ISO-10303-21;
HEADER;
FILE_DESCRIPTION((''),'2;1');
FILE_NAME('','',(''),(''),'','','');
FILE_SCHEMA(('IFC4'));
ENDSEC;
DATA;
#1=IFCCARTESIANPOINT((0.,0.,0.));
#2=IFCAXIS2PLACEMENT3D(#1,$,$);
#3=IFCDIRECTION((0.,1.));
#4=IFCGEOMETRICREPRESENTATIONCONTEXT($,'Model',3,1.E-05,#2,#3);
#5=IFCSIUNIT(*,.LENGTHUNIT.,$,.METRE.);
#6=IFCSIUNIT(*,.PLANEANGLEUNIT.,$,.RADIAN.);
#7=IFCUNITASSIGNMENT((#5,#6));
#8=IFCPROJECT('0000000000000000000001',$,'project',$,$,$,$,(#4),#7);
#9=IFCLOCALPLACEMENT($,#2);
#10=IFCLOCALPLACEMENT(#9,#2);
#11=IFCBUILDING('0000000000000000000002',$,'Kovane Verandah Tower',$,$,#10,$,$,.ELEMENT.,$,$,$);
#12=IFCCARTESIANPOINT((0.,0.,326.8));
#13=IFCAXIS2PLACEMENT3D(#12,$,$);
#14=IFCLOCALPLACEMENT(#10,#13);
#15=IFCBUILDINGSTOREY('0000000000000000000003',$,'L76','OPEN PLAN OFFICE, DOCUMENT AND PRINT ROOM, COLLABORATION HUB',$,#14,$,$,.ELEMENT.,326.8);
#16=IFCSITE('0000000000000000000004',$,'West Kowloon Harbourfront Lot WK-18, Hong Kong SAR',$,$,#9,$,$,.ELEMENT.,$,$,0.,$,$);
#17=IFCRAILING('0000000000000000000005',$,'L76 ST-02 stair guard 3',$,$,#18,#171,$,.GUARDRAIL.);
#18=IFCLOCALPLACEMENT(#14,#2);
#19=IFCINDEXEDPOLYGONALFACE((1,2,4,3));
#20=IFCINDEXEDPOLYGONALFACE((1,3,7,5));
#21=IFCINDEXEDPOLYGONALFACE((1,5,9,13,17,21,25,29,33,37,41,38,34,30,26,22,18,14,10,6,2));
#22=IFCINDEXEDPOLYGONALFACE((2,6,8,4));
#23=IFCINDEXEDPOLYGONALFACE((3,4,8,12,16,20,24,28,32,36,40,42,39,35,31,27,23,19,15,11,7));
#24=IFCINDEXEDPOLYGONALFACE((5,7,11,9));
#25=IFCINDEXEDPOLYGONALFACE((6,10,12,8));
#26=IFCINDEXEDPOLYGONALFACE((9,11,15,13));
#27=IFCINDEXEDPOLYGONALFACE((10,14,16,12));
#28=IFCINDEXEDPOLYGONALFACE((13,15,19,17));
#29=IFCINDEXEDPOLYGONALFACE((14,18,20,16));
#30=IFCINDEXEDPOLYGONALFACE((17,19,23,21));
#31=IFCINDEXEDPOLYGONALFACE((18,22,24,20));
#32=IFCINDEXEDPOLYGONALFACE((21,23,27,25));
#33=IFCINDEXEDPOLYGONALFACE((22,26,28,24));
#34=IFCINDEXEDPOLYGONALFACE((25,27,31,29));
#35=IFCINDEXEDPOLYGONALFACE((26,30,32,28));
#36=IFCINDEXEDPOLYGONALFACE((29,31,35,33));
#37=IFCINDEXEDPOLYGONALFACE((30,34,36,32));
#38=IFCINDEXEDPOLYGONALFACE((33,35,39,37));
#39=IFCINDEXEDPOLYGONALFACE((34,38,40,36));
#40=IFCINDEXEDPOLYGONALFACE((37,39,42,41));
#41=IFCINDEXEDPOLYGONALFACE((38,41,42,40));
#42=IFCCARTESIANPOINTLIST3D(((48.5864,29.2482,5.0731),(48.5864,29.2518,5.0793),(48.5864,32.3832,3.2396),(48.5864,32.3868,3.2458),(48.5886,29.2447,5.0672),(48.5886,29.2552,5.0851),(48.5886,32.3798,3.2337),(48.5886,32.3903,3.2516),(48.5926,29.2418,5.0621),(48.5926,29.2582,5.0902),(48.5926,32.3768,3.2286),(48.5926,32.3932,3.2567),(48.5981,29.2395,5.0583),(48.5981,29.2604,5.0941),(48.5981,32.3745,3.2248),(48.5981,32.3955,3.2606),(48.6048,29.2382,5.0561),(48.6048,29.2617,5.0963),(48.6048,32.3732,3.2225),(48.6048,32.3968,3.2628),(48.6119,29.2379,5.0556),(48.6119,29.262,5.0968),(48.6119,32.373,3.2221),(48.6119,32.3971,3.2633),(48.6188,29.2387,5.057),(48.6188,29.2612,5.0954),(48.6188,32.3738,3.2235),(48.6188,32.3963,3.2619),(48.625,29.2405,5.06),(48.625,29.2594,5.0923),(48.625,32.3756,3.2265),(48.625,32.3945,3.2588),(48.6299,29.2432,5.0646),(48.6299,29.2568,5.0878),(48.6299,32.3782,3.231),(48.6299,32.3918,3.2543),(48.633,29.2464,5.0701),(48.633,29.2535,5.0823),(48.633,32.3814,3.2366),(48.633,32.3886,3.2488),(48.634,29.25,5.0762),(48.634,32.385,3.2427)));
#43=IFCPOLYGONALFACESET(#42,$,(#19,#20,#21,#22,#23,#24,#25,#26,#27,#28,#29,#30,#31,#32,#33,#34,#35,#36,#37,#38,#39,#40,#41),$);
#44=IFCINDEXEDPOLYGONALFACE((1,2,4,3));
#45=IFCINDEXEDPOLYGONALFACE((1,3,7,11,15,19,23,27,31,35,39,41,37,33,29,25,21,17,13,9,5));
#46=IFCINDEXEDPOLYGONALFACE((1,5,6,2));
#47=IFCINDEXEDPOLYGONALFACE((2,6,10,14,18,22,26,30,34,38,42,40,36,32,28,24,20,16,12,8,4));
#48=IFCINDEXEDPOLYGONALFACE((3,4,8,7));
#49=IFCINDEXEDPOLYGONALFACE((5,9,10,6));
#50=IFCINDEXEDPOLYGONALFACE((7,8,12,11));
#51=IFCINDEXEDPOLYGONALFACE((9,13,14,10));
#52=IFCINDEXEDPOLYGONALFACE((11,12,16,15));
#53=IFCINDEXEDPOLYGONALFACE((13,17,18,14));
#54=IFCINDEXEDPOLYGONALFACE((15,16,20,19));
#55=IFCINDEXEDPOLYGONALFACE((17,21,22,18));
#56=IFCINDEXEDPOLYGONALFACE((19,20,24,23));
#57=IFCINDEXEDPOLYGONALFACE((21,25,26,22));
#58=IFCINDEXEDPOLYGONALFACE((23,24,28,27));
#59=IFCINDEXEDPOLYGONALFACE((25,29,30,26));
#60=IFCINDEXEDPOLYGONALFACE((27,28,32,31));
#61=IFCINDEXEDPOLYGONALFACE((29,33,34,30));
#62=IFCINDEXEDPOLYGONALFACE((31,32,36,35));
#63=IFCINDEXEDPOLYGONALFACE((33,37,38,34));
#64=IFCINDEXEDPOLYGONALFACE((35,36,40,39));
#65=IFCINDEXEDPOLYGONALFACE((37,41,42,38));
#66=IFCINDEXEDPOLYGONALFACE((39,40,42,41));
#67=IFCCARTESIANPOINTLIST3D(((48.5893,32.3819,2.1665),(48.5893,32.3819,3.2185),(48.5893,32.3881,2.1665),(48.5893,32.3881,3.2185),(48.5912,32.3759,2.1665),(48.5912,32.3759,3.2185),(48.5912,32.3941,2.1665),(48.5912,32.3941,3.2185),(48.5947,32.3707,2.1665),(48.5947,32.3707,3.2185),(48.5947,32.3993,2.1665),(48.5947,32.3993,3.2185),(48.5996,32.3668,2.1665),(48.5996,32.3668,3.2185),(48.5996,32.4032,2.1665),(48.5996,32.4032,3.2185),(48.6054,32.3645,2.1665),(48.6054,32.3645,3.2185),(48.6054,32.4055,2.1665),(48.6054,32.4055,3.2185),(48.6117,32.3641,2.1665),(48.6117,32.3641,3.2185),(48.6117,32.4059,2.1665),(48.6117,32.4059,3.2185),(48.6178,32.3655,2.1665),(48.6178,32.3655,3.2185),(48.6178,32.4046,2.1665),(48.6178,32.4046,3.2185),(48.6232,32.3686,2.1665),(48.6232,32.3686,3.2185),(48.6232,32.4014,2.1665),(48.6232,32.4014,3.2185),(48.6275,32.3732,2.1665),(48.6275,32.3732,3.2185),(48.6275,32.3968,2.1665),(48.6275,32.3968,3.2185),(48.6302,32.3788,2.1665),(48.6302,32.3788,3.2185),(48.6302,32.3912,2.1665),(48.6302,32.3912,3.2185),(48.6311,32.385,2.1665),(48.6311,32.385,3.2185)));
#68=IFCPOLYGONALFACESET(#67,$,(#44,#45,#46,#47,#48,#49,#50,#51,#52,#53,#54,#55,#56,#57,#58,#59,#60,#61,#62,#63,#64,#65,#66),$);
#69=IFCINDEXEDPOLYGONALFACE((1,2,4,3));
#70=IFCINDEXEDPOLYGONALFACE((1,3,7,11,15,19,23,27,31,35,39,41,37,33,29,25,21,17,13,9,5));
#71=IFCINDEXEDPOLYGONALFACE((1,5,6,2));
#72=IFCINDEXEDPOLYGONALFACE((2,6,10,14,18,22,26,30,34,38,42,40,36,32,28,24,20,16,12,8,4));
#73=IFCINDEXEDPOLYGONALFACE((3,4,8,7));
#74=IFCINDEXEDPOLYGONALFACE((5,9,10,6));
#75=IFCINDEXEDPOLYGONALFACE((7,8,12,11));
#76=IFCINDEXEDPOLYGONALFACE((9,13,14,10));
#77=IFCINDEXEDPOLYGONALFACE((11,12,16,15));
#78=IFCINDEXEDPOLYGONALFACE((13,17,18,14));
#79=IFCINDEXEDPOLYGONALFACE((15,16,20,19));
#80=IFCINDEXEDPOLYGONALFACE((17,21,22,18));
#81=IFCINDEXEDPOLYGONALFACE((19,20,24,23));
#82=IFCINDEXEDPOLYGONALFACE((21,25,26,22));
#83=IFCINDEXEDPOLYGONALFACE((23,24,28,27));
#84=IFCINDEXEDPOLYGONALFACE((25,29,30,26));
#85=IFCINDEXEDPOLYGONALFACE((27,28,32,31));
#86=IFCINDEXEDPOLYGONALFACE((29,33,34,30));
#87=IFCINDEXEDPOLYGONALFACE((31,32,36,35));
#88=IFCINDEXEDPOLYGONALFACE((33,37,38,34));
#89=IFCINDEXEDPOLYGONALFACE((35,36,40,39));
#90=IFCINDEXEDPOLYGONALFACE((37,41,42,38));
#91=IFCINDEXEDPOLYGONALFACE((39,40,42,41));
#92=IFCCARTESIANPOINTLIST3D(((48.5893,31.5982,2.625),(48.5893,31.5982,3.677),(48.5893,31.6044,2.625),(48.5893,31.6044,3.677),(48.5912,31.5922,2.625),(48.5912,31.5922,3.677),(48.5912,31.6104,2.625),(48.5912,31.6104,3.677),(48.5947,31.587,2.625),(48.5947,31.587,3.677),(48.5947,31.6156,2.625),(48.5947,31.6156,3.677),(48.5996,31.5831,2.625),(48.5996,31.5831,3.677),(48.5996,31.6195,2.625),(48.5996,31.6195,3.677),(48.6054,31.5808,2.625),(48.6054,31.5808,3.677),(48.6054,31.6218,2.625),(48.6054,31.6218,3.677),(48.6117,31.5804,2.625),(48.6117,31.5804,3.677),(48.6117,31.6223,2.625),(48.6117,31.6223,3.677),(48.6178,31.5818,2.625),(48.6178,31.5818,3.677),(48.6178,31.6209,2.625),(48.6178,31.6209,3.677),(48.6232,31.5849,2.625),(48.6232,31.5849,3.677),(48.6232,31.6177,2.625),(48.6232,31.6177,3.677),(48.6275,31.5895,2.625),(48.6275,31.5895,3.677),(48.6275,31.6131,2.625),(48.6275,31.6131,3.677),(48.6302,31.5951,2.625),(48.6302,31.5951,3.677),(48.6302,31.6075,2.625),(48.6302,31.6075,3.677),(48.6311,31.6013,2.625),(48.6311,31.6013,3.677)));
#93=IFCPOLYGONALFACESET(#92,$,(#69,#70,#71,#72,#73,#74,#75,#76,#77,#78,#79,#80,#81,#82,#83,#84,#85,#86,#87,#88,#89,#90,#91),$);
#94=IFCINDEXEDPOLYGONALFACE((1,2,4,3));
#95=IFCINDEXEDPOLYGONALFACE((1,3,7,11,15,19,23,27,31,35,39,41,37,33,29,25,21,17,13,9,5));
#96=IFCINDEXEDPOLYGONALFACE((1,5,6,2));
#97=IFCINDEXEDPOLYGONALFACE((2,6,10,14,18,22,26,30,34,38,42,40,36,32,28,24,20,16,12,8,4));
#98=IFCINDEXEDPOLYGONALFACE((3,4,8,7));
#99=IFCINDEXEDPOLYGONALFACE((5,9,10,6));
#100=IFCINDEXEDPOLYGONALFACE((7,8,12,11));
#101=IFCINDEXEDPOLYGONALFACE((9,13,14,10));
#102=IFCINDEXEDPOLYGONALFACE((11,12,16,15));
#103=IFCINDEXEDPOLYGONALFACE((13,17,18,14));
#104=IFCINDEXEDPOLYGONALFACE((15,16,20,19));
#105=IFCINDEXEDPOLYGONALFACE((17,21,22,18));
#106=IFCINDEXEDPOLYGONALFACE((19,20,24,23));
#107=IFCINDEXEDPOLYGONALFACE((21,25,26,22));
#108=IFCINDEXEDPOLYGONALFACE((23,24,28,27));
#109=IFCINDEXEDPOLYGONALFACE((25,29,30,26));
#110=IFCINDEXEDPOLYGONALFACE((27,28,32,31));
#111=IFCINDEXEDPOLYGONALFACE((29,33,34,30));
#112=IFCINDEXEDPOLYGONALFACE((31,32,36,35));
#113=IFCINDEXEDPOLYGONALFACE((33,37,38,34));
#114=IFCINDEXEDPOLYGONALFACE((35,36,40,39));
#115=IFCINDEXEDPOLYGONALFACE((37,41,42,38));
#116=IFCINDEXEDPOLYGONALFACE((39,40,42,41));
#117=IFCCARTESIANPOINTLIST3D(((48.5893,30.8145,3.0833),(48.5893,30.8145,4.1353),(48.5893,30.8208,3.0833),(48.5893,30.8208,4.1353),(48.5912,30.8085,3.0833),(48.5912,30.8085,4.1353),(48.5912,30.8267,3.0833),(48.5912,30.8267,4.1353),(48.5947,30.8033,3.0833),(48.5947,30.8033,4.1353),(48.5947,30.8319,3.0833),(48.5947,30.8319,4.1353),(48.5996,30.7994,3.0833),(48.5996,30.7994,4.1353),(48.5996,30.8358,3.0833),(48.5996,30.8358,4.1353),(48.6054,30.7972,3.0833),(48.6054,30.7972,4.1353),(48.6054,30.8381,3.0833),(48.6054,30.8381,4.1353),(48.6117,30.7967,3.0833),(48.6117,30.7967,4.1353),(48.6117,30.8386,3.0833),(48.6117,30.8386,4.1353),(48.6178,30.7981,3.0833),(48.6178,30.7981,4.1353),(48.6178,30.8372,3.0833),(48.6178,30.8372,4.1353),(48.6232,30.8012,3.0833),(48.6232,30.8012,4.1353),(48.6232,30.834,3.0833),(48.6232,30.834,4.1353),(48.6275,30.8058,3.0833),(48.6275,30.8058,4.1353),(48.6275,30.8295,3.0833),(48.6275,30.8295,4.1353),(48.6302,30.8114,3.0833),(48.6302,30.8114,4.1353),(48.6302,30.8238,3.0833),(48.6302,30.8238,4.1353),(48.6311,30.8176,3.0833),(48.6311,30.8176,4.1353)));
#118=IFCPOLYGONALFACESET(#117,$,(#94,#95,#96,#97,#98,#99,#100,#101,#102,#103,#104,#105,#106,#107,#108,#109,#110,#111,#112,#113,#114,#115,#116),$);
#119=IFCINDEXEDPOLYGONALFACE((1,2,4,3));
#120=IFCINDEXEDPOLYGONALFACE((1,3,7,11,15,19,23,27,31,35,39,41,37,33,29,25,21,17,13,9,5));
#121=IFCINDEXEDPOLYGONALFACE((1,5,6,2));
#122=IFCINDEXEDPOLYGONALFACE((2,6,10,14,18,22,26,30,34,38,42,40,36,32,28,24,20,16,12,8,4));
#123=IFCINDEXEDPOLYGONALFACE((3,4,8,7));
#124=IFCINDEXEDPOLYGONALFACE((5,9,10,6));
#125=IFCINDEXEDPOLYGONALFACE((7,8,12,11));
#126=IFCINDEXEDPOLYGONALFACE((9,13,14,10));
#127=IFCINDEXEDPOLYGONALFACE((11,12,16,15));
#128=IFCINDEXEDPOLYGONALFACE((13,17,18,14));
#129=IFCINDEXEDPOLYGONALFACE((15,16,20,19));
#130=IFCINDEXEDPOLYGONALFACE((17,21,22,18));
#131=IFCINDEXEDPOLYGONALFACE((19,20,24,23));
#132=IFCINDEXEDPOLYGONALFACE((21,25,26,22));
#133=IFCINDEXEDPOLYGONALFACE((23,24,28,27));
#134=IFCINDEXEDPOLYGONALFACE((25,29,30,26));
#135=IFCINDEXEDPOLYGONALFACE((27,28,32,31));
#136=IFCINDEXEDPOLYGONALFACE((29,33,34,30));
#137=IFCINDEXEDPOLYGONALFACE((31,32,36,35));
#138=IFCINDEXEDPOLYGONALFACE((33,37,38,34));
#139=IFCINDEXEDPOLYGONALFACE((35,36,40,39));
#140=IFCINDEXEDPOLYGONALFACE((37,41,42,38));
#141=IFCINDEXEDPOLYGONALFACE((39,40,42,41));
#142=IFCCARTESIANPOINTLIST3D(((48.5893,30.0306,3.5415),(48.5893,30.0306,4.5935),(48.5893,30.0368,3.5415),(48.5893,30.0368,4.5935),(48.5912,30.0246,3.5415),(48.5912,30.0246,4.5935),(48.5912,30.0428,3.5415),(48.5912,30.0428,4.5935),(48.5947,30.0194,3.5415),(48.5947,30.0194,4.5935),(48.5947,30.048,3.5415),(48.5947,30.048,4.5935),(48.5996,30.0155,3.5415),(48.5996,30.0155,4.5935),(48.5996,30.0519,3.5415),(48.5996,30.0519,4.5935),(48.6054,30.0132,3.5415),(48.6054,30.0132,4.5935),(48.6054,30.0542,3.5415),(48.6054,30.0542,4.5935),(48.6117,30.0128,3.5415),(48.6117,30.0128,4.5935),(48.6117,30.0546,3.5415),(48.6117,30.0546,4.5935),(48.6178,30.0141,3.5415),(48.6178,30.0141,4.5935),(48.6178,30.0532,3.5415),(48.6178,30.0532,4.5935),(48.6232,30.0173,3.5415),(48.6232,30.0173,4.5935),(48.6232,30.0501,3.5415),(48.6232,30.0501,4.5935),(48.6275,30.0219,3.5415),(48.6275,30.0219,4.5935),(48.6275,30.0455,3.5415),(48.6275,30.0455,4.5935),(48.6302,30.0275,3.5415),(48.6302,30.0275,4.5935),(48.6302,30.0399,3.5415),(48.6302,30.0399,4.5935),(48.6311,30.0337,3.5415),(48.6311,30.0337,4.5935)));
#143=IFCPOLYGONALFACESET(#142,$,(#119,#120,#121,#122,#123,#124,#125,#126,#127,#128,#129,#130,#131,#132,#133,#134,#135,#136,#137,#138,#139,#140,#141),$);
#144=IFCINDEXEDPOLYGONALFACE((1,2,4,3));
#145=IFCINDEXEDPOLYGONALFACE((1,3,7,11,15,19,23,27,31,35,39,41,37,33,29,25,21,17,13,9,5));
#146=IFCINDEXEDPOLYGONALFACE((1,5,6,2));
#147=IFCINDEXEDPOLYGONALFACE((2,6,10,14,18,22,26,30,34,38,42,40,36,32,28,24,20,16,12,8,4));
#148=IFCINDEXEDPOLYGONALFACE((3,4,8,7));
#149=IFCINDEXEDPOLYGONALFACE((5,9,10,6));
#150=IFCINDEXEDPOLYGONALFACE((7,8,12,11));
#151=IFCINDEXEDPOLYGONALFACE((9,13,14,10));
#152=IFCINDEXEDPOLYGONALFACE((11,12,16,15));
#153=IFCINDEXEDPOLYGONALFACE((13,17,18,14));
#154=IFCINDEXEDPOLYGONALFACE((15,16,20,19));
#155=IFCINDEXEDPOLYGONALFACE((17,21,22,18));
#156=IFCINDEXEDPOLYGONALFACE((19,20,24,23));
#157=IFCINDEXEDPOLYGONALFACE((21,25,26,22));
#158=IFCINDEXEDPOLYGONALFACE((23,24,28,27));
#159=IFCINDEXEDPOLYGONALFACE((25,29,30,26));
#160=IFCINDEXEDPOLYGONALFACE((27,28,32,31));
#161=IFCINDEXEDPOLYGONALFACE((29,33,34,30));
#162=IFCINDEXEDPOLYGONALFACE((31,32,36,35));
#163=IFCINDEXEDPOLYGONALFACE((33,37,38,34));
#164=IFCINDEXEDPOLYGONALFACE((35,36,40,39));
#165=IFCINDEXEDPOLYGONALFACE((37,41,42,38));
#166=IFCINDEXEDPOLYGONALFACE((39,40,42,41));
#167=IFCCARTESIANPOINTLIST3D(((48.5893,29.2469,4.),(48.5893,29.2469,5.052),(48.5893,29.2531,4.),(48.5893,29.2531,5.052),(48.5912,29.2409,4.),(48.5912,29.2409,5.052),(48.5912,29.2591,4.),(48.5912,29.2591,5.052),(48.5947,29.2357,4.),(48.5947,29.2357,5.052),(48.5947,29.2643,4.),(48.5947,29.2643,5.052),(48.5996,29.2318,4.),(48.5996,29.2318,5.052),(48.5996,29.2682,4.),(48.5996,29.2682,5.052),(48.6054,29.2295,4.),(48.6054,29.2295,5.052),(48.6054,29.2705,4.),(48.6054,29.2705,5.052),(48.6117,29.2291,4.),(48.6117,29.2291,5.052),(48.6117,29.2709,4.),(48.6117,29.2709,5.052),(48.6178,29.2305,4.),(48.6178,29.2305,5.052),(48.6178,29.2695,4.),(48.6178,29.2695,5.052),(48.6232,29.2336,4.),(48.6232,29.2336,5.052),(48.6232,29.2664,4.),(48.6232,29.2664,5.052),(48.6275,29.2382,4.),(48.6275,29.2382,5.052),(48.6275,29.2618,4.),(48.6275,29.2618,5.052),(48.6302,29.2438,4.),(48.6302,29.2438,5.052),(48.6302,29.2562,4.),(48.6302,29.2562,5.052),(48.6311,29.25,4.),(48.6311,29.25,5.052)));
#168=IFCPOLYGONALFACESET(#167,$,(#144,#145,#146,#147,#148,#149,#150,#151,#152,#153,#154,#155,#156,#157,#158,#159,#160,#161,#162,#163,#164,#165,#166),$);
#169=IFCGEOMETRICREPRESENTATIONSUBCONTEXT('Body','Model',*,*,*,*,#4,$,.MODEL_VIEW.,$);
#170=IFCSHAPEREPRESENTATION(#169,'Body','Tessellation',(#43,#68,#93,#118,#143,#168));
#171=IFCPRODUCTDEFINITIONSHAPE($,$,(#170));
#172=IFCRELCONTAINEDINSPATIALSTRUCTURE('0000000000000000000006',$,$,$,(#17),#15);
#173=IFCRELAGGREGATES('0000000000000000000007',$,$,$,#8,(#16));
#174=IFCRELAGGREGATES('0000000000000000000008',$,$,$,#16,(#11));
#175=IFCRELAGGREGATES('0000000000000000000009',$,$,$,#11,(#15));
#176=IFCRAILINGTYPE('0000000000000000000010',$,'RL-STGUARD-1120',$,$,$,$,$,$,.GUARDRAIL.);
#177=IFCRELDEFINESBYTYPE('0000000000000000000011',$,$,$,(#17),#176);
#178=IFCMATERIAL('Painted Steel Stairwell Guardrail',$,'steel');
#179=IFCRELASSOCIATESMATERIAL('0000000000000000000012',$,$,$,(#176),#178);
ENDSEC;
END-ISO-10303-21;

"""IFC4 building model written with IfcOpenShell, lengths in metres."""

from ifc_helpers import new_model, si_unit, direction, frame, origin, origin_2d, place, context, subcontext, project, spatial, circle, extrude, material, type_object, element, save


model = new_model("IFC4")

# Units and contexts
model_context = context("Model", 3, precision=1e-05, world=origin(), true_north=direction((0.0, 1.0)))
body_context = subcontext(model_context, "Body", "Model", "MODEL_VIEW")
ifc_project = project(units=[si_unit("LENGTHUNIT", "METRE"), si_unit("PLANEANGLEUNIT", "RADIAN")], contexts=[model_context])

# Site, building, storey
site_placement = place(None, origin())
site = spatial("IfcSite", under=ifc_project, at=site_placement, Name="West Kowloon Harbourfront Lot WK-18, Hong Kong SAR", CompositionType="ELEMENT", RefElevation=0.0)
building_placement = place(site_placement, origin())
building = spatial("IfcBuilding", under=site, at=building_placement, Name="Kovane Verandah Tower", CompositionType="ELEMENT")
storey_placement = place(building_placement, frame((0.0, 0.0, 326.8)))
storey = spatial("IfcBuildingStorey", under=building, at=storey_placement, Name="L76", Description="OPEN PLAN OFFICE, DOCUMENT AND PRINT ROOM, COLLABORATION HUB", CompositionType="ELEMENT", Elevation=326.8)

# Railing
ifc_material_1 = material(Name="Painted Steel Stairwell Guardrail", Category="steel")
railing_type_1 = type_object("IfcRailingType", Name="RL-STGUARD-1120", PredefinedType="GUARDRAIL", material=ifc_material_1)
railing_1_placement = place(storey_placement, frame((48.6101, 32.385, 2.1665)))
element("IfcRailing", 1, at=railing_1_placement, inside=storey, type_object=railing_type_1, Name="L76 ST-02 stair guard 3", PredefinedType="GUARDRAIL", context=body_context, shape_type="SweptSolid", body=[
    extrude(circle(Radius=0.0239, at=origin_2d()), frame((0.0, 0.0, 1.0762), z_axis=(0.0, -0.86321, 0.504845), x_axis=(1.0, 0.0, 0.0)), (0.0, 0.0, 1.0), 3.6318),
    extrude(circle(Radius=0.021, at=origin_2d()), origin(), (0.0, 0.0, 1.0), 1.052),
    extrude(circle(Radius=0.021, at=origin_2d()), frame((0.0, -0.7837, 0.4585)), (0.0, 0.0, 1.0), 1.052),
    extrude(circle(Radius=0.021, at=origin_2d()), frame((0.0, -1.5674, 0.9167)), (0.0, 0.0, 1.0), 1.052),
    extrude(circle(Radius=0.021, at=origin_2d()), frame((0.0, -2.3513, 1.375)), (0.0, 0.0, 1.0), 1.052),
    extrude(circle(Radius=0.021, at=origin_2d()), frame((0.0, -3.135, 1.8335)), (0.0, 0.0, 1.0), 1.052),
])

save(model, "model.ifc")
